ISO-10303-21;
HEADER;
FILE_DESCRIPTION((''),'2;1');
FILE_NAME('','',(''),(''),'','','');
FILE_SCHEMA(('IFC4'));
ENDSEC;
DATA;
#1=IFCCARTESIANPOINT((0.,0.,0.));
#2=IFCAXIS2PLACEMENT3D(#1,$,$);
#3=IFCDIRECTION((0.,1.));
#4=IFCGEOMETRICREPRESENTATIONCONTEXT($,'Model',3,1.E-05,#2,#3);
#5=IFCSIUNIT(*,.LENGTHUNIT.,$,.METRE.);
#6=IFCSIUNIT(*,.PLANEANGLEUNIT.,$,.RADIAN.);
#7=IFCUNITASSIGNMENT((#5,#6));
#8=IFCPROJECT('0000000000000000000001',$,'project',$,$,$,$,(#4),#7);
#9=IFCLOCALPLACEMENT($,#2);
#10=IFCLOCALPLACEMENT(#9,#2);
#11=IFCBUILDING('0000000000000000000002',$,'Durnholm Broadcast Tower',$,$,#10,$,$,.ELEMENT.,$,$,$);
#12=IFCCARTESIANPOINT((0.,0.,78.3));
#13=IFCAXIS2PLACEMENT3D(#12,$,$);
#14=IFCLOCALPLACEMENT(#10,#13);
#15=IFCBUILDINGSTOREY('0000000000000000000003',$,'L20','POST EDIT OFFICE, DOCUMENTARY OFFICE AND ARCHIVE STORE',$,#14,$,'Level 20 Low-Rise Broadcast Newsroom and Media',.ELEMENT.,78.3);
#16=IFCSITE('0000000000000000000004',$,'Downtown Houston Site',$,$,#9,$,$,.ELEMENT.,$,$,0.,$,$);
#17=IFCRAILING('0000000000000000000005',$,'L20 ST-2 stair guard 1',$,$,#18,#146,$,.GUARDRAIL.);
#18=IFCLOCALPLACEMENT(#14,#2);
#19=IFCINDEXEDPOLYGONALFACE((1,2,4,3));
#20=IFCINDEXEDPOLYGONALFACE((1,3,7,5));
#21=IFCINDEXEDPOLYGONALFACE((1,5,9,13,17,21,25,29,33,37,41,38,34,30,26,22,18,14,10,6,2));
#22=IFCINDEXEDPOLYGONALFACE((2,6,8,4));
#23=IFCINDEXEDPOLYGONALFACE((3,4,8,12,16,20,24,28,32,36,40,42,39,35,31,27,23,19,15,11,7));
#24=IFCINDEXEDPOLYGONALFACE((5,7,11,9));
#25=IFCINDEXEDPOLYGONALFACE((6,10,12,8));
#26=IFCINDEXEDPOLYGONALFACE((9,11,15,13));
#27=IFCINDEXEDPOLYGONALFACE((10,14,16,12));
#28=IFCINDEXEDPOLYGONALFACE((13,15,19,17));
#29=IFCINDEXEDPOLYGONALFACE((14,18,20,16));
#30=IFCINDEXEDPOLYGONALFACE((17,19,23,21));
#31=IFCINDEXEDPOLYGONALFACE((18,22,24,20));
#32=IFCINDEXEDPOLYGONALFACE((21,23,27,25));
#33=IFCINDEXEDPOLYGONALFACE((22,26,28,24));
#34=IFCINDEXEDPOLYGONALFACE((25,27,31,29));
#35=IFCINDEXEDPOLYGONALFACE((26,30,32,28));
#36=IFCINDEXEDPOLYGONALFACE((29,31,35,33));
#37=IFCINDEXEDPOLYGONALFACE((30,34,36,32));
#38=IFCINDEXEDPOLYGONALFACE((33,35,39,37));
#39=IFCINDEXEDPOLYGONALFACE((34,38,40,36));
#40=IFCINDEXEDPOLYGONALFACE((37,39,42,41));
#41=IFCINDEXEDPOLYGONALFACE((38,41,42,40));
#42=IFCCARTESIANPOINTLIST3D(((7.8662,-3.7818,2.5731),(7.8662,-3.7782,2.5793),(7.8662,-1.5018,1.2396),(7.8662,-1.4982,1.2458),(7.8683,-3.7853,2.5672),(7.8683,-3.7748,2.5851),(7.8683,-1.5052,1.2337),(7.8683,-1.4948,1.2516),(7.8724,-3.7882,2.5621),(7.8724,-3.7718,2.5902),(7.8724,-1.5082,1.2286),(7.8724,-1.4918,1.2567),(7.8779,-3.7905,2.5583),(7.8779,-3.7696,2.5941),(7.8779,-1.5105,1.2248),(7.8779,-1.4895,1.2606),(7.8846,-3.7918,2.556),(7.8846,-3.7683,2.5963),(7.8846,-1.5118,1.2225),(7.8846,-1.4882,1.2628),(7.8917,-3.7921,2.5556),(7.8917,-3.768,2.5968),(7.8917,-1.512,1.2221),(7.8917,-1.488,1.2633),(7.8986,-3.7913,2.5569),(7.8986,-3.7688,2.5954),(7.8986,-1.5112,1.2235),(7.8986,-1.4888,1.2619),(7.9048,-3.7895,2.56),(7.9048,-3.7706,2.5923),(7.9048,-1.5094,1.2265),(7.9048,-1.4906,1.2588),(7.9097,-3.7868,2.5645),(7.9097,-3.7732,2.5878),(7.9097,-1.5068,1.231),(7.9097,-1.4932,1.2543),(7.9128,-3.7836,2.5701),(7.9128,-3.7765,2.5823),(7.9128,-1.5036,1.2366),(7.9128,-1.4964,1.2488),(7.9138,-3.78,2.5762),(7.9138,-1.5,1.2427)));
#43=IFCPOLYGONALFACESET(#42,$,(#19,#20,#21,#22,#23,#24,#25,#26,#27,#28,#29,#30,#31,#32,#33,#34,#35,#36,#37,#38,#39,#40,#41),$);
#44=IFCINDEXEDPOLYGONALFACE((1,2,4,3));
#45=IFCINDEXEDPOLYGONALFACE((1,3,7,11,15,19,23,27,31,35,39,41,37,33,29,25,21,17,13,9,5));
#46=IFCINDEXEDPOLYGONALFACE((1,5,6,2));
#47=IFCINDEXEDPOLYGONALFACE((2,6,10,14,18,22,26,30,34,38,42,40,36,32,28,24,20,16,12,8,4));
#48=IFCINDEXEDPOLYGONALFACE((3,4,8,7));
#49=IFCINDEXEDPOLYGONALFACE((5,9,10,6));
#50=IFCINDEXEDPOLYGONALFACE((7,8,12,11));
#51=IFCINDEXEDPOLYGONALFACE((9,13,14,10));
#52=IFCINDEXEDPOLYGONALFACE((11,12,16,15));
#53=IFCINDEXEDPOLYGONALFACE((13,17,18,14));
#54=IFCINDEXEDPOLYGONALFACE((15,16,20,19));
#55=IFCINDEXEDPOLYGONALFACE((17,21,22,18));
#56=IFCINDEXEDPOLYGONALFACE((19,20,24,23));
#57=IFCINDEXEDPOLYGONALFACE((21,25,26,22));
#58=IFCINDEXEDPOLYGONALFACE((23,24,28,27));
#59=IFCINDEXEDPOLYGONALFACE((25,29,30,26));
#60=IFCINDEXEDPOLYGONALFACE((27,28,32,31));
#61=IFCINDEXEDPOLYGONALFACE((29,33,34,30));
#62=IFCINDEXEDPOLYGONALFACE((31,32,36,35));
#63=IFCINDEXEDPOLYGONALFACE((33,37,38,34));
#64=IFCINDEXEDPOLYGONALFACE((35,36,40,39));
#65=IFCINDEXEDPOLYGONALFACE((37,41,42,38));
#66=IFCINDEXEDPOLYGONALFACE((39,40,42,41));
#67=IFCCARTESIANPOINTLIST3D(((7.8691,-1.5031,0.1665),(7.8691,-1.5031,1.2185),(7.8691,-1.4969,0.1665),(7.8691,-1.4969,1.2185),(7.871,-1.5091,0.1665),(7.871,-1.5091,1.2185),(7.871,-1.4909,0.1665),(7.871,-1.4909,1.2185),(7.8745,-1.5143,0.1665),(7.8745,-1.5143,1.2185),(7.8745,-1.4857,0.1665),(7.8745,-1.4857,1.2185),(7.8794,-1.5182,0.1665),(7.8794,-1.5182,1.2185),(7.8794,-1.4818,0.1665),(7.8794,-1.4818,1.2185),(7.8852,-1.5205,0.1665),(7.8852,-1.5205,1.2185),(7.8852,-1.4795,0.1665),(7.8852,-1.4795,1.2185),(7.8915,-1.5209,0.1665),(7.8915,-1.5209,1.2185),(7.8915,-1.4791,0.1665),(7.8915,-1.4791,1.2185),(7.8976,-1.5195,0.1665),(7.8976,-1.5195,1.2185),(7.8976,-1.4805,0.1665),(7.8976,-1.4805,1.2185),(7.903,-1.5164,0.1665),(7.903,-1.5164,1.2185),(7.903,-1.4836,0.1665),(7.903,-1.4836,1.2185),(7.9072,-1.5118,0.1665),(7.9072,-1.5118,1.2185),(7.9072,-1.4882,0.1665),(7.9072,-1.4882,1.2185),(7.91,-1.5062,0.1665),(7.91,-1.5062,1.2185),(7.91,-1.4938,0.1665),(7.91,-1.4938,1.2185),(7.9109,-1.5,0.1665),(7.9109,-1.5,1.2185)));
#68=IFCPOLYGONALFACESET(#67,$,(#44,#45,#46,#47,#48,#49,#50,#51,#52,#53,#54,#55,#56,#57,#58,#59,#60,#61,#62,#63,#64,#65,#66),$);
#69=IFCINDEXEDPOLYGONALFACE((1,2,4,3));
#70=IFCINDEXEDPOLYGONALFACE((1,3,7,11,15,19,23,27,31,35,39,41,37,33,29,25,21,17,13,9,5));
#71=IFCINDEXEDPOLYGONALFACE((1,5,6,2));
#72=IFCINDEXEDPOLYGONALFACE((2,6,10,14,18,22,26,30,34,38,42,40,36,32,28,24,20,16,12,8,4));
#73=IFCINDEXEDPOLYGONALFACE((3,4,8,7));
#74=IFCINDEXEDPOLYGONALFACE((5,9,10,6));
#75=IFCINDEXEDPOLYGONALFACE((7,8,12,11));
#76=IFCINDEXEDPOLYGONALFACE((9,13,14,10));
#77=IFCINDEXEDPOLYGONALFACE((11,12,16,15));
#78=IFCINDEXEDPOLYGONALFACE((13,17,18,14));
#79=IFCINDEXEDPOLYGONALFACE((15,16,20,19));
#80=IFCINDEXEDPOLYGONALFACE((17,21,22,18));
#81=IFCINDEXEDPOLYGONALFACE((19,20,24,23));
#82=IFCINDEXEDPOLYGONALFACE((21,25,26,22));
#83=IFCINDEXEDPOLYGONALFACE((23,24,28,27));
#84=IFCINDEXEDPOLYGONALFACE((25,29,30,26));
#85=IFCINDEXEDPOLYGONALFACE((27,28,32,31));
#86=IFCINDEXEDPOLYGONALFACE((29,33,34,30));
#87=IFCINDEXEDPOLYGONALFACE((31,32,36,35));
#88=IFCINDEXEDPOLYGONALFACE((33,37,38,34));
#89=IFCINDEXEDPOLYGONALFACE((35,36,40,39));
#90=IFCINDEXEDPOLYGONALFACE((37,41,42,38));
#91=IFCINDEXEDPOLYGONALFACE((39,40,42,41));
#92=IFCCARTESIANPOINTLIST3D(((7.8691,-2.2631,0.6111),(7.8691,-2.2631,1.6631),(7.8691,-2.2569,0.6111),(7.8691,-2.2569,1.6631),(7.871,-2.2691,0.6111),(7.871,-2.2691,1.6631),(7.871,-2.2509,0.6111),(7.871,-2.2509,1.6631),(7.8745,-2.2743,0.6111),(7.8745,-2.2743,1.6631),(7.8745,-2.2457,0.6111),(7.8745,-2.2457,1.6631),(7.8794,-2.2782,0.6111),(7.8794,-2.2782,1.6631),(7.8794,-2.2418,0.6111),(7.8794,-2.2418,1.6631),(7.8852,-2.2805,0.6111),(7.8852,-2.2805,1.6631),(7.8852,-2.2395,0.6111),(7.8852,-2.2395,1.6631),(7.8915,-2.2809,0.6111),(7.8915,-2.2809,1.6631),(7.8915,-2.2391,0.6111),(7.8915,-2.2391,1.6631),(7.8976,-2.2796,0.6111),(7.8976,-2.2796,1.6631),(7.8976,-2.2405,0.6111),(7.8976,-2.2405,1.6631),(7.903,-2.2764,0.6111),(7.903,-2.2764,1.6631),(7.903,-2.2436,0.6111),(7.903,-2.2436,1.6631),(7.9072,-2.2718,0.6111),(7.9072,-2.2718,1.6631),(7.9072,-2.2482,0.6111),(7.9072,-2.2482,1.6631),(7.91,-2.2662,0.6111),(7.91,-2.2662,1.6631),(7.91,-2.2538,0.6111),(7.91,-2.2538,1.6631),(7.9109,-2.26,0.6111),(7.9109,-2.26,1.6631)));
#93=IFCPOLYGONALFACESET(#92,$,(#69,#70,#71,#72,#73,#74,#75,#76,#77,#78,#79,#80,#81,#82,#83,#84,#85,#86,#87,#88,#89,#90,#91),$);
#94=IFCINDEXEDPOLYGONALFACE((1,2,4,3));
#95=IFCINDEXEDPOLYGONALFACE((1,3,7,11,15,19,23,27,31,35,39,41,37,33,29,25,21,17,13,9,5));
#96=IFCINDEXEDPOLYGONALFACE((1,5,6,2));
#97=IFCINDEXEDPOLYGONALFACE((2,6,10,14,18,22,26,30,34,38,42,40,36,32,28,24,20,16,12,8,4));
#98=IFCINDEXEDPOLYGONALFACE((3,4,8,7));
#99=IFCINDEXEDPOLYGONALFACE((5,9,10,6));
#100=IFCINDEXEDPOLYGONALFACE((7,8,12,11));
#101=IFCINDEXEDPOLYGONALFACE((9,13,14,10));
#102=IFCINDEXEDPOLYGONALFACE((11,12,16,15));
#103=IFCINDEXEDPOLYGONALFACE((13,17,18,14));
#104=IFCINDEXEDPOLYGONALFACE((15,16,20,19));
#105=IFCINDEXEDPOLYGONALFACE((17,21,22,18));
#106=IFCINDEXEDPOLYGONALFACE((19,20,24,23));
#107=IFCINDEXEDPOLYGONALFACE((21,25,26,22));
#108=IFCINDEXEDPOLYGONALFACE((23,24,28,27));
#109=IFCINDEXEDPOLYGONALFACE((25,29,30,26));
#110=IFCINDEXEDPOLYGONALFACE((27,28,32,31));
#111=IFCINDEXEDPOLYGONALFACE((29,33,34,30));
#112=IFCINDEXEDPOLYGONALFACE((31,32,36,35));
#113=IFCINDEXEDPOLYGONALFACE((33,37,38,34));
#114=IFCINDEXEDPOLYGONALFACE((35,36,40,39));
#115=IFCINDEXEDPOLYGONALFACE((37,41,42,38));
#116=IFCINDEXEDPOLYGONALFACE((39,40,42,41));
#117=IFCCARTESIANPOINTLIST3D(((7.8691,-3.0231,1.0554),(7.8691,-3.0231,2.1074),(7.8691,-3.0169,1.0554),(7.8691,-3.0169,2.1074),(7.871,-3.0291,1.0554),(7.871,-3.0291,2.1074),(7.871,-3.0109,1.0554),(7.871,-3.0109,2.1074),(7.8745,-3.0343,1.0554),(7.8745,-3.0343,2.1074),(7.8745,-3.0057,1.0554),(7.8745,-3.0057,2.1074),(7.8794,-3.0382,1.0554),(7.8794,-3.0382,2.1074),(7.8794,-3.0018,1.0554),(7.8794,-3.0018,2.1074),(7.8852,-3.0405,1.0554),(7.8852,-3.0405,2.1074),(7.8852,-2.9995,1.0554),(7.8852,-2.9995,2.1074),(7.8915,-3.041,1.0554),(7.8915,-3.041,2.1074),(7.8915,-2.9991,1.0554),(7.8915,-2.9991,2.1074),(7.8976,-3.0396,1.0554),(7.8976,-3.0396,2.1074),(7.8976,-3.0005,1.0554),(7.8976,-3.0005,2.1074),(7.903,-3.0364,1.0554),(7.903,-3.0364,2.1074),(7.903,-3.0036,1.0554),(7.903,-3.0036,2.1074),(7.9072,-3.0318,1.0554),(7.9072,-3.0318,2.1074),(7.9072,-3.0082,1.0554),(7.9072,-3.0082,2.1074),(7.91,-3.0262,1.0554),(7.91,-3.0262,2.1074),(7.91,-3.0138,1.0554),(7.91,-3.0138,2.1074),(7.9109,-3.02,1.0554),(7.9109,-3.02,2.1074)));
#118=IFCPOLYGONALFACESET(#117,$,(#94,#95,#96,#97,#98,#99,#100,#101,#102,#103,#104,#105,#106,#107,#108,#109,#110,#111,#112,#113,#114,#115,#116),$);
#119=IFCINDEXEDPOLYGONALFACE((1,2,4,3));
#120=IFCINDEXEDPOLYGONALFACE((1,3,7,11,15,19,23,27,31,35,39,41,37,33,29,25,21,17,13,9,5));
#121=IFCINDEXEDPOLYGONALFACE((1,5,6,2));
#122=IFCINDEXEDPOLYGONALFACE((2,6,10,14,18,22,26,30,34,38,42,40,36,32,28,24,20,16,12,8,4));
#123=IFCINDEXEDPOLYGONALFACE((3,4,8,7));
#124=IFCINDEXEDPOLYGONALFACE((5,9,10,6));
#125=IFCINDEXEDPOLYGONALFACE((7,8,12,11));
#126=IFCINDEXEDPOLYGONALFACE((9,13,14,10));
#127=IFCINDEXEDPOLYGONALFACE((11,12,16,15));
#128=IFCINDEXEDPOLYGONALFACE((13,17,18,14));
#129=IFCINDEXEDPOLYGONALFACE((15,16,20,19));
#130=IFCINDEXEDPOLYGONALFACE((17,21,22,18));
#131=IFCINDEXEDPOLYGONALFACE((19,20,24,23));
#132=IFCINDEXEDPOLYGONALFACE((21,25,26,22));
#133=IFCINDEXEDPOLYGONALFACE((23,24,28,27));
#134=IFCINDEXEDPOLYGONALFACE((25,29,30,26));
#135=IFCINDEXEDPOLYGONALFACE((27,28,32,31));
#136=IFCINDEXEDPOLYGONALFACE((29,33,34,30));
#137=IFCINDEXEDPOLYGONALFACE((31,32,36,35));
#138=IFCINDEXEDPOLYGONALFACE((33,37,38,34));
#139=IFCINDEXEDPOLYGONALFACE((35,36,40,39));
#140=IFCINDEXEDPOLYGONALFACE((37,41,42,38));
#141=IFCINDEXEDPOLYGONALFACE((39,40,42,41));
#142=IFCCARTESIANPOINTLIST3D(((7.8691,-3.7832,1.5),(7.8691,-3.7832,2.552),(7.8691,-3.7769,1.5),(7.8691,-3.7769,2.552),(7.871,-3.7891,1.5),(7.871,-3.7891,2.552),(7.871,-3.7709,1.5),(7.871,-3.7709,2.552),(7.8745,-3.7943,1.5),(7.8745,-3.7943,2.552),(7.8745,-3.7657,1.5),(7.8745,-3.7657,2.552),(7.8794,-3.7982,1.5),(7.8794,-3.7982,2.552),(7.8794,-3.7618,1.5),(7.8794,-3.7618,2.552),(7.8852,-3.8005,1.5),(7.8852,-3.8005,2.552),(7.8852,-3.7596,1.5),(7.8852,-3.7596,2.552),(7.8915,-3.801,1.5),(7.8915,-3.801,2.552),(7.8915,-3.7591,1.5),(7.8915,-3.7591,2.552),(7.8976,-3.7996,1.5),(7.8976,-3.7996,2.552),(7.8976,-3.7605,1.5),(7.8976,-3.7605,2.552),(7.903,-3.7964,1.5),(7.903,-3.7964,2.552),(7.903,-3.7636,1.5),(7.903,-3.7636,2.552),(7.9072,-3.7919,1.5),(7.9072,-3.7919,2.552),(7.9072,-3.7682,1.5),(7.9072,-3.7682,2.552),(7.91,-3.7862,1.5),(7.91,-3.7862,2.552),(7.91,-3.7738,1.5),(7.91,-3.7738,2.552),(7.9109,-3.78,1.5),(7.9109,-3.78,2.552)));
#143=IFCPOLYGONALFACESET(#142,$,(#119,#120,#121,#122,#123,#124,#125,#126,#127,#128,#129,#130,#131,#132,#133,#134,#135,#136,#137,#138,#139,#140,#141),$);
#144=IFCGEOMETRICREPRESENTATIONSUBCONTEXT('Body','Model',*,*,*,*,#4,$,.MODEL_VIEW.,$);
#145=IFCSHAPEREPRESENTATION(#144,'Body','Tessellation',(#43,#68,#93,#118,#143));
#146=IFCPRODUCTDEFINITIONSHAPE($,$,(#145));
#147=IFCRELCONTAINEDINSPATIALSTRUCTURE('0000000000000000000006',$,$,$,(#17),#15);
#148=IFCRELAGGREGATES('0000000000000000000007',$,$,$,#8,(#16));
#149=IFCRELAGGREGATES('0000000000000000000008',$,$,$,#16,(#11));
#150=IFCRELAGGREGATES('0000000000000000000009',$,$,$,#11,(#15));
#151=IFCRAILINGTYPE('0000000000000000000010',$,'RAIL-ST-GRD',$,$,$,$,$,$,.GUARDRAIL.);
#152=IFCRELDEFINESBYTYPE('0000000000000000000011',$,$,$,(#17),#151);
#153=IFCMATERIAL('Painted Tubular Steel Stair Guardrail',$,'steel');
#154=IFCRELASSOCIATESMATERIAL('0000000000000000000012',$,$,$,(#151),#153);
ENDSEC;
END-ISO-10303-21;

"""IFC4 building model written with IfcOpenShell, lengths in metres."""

from ifc_helpers import new_model, si_unit, direction, frame, origin, origin_2d, place, context, subcontext, project, spatial, circle, extrude, material, type_object, element, save


model = new_model("IFC4")

# Units and contexts
model_context = context("Model", 3, precision=1e-05, world=origin(), true_north=direction((0.0, 1.0)))
body_context = subcontext(model_context, "Body", "Model", "MODEL_VIEW")
ifc_project = project(units=[si_unit("LENGTHUNIT", "METRE"), si_unit("PLANEANGLEUNIT", "RADIAN")], contexts=[model_context])

# Site, building, storey
site_placement = place(None, origin())
site = spatial("IfcSite", under=ifc_project, at=site_placement, Name="Downtown Houston Site", CompositionType="ELEMENT", RefElevation=0.0)
building_placement = place(site_placement, origin())
building = spatial("IfcBuilding", under=site, at=building_placement, Name="Durnholm Broadcast Tower", CompositionType="ELEMENT")
storey_placement = place(building_placement, frame((0.0, 0.0, 78.3)))
storey = spatial("IfcBuildingStorey", under=building, at=storey_placement, Name="L20", Description="POST EDIT OFFICE, DOCUMENTARY OFFICE AND ARCHIVE STORE", LongName="Level 20 Low-Rise Broadcast Newsroom and Media", CompositionType="ELEMENT", Elevation=78.3)

# Railing
ifc_material_1 = material(Name="Painted Tubular Steel Stair Guardrail", Category="steel")
railing_type_1 = type_object("IfcRailingType", Name="RAIL-ST-GRD", PredefinedType="GUARDRAIL", material=ifc_material_1)
railing_1_placement = place(storey_placement, frame((7.8899, -1.5, 0.1665)))
element("IfcRailing", 1, at=railing_1_placement, inside=storey, type_object=railing_type_1, Name="L20 ST-2 stair guard 1", PredefinedType="GUARDRAIL", context=body_context, shape_type="SweptSolid", body=[
    extrude(circle(Radius=0.0239, at=origin_2d()), frame((0.0, 0.0, 1.0762), z_axis=(0.0, -0.863205, 0.504853), x_axis=(1.0, 0.0, 0.0)), (0.0, 0.0, 1.0), 2.6414),
    extrude(circle(Radius=0.021, at=origin_2d()), origin(), (0.0, 0.0, 1.0), 1.052),
    extrude(circle(Radius=0.021, at=origin_2d()), frame((0.0, -0.76, 0.4446)), (0.0, 0.0, 1.0), 1.052),
    extrude(circle(Radius=0.021, at=origin_2d()), frame((0.0, -1.52, 0.8889)), (0.0, 0.0, 1.0), 1.052),
    extrude(circle(Radius=0.021, at=origin_2d()), frame((0.0, -2.28, 1.3335)), (0.0, 0.0, 1.0), 1.052),
])

save(model, "model.ifc")
